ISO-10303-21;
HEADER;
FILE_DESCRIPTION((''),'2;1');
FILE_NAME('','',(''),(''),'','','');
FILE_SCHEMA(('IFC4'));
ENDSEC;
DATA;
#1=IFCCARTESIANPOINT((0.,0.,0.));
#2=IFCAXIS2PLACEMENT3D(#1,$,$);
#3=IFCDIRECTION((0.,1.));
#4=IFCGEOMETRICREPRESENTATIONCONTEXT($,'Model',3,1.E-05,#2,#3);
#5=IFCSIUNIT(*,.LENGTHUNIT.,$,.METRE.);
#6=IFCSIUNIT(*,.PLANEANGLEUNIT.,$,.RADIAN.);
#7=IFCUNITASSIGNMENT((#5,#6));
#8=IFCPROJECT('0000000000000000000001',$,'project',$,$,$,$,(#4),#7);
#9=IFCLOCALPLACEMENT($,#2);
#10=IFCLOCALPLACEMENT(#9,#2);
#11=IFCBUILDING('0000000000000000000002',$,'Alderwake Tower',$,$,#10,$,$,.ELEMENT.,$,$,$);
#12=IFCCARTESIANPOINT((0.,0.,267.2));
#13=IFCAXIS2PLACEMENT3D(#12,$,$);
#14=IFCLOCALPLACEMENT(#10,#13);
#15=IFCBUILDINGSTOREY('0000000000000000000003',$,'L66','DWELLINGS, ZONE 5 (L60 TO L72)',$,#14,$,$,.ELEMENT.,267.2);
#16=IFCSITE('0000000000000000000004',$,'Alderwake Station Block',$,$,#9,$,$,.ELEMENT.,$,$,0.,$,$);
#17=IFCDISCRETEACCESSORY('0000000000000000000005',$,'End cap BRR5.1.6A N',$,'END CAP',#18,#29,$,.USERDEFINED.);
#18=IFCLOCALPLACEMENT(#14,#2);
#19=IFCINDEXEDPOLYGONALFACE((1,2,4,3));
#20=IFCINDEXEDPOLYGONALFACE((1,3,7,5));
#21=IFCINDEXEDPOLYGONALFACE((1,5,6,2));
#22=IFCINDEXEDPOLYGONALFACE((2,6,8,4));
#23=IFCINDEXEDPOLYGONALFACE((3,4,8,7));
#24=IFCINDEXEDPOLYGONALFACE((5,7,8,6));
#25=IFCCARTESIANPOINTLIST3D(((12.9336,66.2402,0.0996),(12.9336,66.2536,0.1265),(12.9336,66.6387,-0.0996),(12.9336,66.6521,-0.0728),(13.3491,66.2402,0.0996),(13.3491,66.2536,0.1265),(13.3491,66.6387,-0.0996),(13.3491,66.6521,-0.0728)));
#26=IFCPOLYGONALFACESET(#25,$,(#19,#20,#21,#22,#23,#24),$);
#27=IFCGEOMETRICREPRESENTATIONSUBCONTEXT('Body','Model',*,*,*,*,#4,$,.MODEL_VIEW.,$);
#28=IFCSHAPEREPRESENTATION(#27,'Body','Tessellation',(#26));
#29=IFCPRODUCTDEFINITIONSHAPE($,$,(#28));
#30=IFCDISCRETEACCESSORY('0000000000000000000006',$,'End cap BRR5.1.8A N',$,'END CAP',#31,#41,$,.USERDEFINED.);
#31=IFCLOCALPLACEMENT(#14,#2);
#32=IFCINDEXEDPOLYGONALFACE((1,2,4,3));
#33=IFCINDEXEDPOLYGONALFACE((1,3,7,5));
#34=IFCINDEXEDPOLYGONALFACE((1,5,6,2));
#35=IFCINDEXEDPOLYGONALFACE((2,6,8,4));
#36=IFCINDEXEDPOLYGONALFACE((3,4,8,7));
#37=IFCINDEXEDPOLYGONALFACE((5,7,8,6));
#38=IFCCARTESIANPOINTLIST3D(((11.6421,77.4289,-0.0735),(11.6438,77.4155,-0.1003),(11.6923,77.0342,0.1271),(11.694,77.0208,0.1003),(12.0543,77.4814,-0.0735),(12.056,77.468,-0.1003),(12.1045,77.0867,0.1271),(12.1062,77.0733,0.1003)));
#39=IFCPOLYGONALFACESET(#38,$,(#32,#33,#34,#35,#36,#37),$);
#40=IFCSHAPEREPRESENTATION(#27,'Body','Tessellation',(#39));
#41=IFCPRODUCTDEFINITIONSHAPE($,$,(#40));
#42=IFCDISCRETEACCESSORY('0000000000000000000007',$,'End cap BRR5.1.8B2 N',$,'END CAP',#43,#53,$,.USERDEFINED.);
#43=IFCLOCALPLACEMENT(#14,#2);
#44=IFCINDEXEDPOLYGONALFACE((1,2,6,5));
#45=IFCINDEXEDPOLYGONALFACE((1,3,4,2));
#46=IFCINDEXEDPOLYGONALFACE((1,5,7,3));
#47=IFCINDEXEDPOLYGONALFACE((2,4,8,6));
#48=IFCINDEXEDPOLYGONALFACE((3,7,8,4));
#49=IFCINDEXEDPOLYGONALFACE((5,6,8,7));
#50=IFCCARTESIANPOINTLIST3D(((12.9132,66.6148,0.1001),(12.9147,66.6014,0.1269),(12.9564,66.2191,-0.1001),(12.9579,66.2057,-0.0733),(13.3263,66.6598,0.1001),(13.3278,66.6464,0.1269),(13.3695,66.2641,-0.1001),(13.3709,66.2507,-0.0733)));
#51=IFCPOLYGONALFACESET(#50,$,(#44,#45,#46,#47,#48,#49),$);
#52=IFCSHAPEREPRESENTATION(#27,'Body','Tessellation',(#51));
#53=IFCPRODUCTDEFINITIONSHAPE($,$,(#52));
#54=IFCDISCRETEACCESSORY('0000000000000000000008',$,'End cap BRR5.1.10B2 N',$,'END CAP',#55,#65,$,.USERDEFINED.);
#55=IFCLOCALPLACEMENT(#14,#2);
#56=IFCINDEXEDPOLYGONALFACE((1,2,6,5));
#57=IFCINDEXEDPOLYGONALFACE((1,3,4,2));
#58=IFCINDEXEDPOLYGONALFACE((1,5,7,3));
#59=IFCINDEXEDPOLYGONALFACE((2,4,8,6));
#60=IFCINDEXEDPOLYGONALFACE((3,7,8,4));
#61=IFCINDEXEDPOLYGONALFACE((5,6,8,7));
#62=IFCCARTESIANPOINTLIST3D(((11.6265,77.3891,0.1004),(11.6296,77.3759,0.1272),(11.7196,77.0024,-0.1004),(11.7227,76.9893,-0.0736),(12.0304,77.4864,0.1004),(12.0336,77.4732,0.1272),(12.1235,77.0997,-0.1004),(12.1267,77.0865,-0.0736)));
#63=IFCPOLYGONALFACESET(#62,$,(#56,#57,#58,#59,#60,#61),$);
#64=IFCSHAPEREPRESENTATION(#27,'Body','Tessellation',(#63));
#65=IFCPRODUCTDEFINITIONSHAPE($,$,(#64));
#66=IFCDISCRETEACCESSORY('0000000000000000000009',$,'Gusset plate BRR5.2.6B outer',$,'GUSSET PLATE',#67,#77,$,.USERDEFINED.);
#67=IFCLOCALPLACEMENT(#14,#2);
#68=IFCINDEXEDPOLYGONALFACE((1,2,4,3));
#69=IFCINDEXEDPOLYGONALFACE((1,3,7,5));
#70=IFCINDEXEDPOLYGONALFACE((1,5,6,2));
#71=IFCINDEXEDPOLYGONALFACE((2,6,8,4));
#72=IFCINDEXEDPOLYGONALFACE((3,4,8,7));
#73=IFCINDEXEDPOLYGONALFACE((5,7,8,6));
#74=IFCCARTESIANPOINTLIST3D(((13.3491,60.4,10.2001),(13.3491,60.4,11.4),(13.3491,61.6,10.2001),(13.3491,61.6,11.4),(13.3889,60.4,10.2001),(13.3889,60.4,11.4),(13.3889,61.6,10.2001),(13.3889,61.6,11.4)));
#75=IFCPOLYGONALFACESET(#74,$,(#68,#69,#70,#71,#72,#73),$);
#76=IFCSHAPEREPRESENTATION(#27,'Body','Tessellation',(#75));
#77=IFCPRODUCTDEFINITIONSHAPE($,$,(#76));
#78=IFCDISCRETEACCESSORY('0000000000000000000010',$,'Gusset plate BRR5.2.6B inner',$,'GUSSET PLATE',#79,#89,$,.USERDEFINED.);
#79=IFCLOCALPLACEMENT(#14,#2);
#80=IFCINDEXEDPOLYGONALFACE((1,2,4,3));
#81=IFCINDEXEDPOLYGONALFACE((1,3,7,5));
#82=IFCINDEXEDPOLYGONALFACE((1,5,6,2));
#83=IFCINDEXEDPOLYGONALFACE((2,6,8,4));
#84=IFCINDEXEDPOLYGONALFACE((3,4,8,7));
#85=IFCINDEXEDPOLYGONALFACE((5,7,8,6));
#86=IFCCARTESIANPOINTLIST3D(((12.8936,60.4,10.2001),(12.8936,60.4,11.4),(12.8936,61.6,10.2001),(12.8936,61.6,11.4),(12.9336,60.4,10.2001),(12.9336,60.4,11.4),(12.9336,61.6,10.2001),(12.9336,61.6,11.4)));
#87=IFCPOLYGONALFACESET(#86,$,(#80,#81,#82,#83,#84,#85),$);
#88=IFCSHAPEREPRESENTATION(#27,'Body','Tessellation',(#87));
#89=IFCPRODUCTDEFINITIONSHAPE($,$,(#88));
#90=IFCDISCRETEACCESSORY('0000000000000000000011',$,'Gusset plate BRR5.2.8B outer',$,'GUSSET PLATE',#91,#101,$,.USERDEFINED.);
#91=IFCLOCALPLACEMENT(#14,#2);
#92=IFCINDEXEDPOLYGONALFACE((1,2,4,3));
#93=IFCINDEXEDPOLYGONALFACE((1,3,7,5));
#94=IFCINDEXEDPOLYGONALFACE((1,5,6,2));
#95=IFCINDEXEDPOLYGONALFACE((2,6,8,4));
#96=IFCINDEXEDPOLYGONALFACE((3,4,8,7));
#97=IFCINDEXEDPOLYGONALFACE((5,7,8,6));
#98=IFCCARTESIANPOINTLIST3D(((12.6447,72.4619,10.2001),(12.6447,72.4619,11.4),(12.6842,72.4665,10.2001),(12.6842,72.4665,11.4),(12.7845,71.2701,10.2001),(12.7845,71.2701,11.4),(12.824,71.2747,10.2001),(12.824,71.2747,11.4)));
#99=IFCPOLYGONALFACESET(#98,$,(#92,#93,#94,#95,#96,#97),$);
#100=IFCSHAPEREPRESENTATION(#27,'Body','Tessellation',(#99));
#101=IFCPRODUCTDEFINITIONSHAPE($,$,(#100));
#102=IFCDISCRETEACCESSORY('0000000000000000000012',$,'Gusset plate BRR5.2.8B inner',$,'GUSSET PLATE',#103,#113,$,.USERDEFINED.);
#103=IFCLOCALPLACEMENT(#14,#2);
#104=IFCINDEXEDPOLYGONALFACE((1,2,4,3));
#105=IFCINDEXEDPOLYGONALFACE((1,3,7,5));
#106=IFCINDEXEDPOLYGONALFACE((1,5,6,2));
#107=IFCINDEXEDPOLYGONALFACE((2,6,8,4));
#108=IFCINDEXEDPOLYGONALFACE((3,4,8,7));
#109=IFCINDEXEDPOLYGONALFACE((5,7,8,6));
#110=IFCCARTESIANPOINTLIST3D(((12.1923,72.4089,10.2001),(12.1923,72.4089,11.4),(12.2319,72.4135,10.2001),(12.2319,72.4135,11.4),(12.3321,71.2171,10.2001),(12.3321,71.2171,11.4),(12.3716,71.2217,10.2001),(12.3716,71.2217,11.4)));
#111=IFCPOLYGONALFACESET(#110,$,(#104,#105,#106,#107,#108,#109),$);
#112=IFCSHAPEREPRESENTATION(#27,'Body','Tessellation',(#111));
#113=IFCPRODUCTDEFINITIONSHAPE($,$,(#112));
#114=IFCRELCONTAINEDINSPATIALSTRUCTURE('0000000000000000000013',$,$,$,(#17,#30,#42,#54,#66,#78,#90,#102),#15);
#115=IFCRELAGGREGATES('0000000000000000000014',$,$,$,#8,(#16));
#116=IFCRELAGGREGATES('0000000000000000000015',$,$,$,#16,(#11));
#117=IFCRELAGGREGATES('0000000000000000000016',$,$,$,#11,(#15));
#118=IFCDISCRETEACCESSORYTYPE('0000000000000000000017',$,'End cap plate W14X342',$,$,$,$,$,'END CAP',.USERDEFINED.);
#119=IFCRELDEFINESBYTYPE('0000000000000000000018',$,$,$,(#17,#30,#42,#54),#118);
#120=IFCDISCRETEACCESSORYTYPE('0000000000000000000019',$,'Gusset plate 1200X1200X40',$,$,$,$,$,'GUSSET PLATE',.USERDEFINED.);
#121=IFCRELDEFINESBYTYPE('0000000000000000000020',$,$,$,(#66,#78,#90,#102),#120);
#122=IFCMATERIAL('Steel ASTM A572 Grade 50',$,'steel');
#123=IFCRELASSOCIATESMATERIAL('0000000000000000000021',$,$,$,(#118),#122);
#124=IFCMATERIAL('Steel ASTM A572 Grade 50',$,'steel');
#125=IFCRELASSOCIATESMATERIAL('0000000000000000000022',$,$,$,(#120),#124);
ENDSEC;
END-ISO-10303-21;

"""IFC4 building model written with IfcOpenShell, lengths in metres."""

from ifc_helpers import new_model, si_unit, direction, frame, origin, origin_2d, place, context, subcontext, project, spatial, rectangle, extrude, material, material_profile, profile_set, type_object, element, save


model = new_model("IFC4")

# Units and contexts
model_context = context("Model", 3, precision=1e-05, world=origin(), true_north=direction((0.0, 1.0)))
body_context = subcontext(model_context, "Body", "Model", "MODEL_VIEW")
ifc_project = project(units=[si_unit("LENGTHUNIT", "METRE"), si_unit("PLANEANGLEUNIT", "RADIAN")], contexts=[model_context])

# Site, building, storey
site_placement = place(None, origin())
site = spatial("IfcSite", under=ifc_project, at=site_placement, Name="Alderwake Station Block", CompositionType="ELEMENT", RefElevation=0.0)
building_placement = place(site_placement, origin())
building = spatial("IfcBuilding", under=site, at=building_placement, Name="Alderwake Tower", CompositionType="ELEMENT")
storey_placement = place(building_placement, frame((0.0, 0.0, 267.2)))
storey = spatial("IfcBuildingStorey", under=building, at=storey_placement, Name="L66", Description="DWELLINGS, ZONE 5 (L60 TO L72)", CompositionType="ELEMENT", Elevation=267.2)

# Discrete accessories
ifc_material_1 = material(Name="Steel ASTM A572 Grade 50", Category="steel")
ifc_material_profile_1 = material_profile(ifc_material_1, rectangle(XDim=0.4155, YDim=0.4456, at=origin_2d()), Name="W14X342 cap")
ifc_profile_set_1 = profile_set([ifc_material_profile_1], Name="Steel ASTM A572 Grade 50")
discrete_accessory_type_1 = type_object("IfcDiscreteAccessoryType", Name="End cap plate W14X342", ElementType="END CAP", PredefinedType="USERDEFINED", material=ifc_profile_set_1)
for number, where, z_axis, x_axis, name in (
    (1, (13.1414, 66.4395, 0.0), (0.0, 0.447214, 0.894427), (-1.0, 0.0, 0.0), "End cap BRR5.1.6A N"),
    (2, (11.875, 77.2444, 0.0), (-0.056826, 0.446491, 0.892982), (-0.991998, -0.126254, 0.0), "End cap BRR5.1.8A N"),
    (3, (13.1414, 66.4395, 0.0), (0.048729, -0.446682, 0.893365), (0.994102, 0.108448, 0.0), "End cap BRR5.1.8B2 N"),
    (4, (11.875, 77.2444, 0.0), (0.105496, -0.438214, 0.892658), (0.972224, 0.234054, 0.0), "End cap BRR5.1.10B2 N"),
):
    element("IfcDiscreteAccessory", number, at=place(storey_placement, frame(where, z_axis=z_axis, x_axis=x_axis)), inside=storey, type_object=discrete_accessory_type_1, Name=name, ObjectType="END CAP", PredefinedType="USERDEFINED", context=body_context, shape_type="SweptSolid", body=[
        extrude(rectangle(XDim=0.4155, YDim=0.4456, at=origin_2d()), origin(), (0.0, 0.0, 1.0), 0.03),
    ])
ifc_material_2 = material(Name="Steel ASTM A572 Grade 50", Category="steel")
ifc_material_profile_2 = material_profile(ifc_material_2, rectangle(XDim=1.2, YDim=1.2, at=origin_2d()), Name="gusset 1200X1200")
ifc_profile_set_2 = profile_set([ifc_material_profile_2], Name="Steel ASTM A572 Grade 50")
discrete_accessory_type_2 = type_object("IfcDiscreteAccessoryType", Name="Gusset plate 1200X1200X40", ElementType="GUSSET PLATE", PredefinedType="USERDEFINED", material=ifc_profile_set_2)
discrete_accessory_1_placement = place(storey_placement, frame((13.3491, 61.0, 10.8), z_axis=(1.0, 0.0, 0.0), x_axis=(0.0, 1.0, 0.0)))
element("IfcDiscreteAccessory", 5, at=discrete_accessory_1_placement, inside=storey, type_object=discrete_accessory_type_2, Name="Gusset plate BRR5.2.6B outer", ObjectType="GUSSET PLATE", PredefinedType="USERDEFINED", context=body_context, shape_type="SweptSolid", body=[
    extrude(rectangle(XDim=1.2, YDim=1.2, at=origin_2d()), origin(), (0.0, 0.0, 1.0), 0.0398),
])
discrete_accessory_2_placement = place(storey_placement, frame((12.9336, 61.0, 10.8), z_axis=(-1.0, 0.0, 0.0), x_axis=(0.0, -1.0, 0.0)))
element("IfcDiscreteAccessory", 6, at=discrete_accessory_2_placement, inside=storey, type_object=discrete_accessory_type_2, Name="Gusset plate BRR5.2.6B inner", ObjectType="GUSSET PLATE", PredefinedType="USERDEFINED", context=body_context, shape_type="SweptSolid", body=[
    extrude(rectangle(XDim=1.2, YDim=1.2, at=origin_2d()), origin(), (0.0, 0.0, 1.0), 0.04),
])
for number, where, z_axis, x_axis, name in (
    (7, (12.7146, 71.866, 10.8), (0.993192, 0.116486, 0.0), (-0.116486, 0.993192, 0.0), "Gusset plate BRR5.2.8B outer"),
    (8, (12.3018, 71.8176, 10.8), (-0.993192, -0.116486, 0.0), (0.116486, -0.993192, 0.0), "Gusset plate BRR5.2.8B inner"),
):
    element("IfcDiscreteAccessory", number, at=place(storey_placement, frame(where, z_axis=z_axis, x_axis=x_axis)), inside=storey, type_object=discrete_accessory_type_2, Name=name, ObjectType="GUSSET PLATE", PredefinedType="USERDEFINED", context=body_context, shape_type="SweptSolid", body=[
        extrude(rectangle(XDim=1.2, YDim=1.2, at=origin_2d()), origin(), (0.0, 0.0, 1.0), 0.0398),
    ])

save(model, "model.ifc")
